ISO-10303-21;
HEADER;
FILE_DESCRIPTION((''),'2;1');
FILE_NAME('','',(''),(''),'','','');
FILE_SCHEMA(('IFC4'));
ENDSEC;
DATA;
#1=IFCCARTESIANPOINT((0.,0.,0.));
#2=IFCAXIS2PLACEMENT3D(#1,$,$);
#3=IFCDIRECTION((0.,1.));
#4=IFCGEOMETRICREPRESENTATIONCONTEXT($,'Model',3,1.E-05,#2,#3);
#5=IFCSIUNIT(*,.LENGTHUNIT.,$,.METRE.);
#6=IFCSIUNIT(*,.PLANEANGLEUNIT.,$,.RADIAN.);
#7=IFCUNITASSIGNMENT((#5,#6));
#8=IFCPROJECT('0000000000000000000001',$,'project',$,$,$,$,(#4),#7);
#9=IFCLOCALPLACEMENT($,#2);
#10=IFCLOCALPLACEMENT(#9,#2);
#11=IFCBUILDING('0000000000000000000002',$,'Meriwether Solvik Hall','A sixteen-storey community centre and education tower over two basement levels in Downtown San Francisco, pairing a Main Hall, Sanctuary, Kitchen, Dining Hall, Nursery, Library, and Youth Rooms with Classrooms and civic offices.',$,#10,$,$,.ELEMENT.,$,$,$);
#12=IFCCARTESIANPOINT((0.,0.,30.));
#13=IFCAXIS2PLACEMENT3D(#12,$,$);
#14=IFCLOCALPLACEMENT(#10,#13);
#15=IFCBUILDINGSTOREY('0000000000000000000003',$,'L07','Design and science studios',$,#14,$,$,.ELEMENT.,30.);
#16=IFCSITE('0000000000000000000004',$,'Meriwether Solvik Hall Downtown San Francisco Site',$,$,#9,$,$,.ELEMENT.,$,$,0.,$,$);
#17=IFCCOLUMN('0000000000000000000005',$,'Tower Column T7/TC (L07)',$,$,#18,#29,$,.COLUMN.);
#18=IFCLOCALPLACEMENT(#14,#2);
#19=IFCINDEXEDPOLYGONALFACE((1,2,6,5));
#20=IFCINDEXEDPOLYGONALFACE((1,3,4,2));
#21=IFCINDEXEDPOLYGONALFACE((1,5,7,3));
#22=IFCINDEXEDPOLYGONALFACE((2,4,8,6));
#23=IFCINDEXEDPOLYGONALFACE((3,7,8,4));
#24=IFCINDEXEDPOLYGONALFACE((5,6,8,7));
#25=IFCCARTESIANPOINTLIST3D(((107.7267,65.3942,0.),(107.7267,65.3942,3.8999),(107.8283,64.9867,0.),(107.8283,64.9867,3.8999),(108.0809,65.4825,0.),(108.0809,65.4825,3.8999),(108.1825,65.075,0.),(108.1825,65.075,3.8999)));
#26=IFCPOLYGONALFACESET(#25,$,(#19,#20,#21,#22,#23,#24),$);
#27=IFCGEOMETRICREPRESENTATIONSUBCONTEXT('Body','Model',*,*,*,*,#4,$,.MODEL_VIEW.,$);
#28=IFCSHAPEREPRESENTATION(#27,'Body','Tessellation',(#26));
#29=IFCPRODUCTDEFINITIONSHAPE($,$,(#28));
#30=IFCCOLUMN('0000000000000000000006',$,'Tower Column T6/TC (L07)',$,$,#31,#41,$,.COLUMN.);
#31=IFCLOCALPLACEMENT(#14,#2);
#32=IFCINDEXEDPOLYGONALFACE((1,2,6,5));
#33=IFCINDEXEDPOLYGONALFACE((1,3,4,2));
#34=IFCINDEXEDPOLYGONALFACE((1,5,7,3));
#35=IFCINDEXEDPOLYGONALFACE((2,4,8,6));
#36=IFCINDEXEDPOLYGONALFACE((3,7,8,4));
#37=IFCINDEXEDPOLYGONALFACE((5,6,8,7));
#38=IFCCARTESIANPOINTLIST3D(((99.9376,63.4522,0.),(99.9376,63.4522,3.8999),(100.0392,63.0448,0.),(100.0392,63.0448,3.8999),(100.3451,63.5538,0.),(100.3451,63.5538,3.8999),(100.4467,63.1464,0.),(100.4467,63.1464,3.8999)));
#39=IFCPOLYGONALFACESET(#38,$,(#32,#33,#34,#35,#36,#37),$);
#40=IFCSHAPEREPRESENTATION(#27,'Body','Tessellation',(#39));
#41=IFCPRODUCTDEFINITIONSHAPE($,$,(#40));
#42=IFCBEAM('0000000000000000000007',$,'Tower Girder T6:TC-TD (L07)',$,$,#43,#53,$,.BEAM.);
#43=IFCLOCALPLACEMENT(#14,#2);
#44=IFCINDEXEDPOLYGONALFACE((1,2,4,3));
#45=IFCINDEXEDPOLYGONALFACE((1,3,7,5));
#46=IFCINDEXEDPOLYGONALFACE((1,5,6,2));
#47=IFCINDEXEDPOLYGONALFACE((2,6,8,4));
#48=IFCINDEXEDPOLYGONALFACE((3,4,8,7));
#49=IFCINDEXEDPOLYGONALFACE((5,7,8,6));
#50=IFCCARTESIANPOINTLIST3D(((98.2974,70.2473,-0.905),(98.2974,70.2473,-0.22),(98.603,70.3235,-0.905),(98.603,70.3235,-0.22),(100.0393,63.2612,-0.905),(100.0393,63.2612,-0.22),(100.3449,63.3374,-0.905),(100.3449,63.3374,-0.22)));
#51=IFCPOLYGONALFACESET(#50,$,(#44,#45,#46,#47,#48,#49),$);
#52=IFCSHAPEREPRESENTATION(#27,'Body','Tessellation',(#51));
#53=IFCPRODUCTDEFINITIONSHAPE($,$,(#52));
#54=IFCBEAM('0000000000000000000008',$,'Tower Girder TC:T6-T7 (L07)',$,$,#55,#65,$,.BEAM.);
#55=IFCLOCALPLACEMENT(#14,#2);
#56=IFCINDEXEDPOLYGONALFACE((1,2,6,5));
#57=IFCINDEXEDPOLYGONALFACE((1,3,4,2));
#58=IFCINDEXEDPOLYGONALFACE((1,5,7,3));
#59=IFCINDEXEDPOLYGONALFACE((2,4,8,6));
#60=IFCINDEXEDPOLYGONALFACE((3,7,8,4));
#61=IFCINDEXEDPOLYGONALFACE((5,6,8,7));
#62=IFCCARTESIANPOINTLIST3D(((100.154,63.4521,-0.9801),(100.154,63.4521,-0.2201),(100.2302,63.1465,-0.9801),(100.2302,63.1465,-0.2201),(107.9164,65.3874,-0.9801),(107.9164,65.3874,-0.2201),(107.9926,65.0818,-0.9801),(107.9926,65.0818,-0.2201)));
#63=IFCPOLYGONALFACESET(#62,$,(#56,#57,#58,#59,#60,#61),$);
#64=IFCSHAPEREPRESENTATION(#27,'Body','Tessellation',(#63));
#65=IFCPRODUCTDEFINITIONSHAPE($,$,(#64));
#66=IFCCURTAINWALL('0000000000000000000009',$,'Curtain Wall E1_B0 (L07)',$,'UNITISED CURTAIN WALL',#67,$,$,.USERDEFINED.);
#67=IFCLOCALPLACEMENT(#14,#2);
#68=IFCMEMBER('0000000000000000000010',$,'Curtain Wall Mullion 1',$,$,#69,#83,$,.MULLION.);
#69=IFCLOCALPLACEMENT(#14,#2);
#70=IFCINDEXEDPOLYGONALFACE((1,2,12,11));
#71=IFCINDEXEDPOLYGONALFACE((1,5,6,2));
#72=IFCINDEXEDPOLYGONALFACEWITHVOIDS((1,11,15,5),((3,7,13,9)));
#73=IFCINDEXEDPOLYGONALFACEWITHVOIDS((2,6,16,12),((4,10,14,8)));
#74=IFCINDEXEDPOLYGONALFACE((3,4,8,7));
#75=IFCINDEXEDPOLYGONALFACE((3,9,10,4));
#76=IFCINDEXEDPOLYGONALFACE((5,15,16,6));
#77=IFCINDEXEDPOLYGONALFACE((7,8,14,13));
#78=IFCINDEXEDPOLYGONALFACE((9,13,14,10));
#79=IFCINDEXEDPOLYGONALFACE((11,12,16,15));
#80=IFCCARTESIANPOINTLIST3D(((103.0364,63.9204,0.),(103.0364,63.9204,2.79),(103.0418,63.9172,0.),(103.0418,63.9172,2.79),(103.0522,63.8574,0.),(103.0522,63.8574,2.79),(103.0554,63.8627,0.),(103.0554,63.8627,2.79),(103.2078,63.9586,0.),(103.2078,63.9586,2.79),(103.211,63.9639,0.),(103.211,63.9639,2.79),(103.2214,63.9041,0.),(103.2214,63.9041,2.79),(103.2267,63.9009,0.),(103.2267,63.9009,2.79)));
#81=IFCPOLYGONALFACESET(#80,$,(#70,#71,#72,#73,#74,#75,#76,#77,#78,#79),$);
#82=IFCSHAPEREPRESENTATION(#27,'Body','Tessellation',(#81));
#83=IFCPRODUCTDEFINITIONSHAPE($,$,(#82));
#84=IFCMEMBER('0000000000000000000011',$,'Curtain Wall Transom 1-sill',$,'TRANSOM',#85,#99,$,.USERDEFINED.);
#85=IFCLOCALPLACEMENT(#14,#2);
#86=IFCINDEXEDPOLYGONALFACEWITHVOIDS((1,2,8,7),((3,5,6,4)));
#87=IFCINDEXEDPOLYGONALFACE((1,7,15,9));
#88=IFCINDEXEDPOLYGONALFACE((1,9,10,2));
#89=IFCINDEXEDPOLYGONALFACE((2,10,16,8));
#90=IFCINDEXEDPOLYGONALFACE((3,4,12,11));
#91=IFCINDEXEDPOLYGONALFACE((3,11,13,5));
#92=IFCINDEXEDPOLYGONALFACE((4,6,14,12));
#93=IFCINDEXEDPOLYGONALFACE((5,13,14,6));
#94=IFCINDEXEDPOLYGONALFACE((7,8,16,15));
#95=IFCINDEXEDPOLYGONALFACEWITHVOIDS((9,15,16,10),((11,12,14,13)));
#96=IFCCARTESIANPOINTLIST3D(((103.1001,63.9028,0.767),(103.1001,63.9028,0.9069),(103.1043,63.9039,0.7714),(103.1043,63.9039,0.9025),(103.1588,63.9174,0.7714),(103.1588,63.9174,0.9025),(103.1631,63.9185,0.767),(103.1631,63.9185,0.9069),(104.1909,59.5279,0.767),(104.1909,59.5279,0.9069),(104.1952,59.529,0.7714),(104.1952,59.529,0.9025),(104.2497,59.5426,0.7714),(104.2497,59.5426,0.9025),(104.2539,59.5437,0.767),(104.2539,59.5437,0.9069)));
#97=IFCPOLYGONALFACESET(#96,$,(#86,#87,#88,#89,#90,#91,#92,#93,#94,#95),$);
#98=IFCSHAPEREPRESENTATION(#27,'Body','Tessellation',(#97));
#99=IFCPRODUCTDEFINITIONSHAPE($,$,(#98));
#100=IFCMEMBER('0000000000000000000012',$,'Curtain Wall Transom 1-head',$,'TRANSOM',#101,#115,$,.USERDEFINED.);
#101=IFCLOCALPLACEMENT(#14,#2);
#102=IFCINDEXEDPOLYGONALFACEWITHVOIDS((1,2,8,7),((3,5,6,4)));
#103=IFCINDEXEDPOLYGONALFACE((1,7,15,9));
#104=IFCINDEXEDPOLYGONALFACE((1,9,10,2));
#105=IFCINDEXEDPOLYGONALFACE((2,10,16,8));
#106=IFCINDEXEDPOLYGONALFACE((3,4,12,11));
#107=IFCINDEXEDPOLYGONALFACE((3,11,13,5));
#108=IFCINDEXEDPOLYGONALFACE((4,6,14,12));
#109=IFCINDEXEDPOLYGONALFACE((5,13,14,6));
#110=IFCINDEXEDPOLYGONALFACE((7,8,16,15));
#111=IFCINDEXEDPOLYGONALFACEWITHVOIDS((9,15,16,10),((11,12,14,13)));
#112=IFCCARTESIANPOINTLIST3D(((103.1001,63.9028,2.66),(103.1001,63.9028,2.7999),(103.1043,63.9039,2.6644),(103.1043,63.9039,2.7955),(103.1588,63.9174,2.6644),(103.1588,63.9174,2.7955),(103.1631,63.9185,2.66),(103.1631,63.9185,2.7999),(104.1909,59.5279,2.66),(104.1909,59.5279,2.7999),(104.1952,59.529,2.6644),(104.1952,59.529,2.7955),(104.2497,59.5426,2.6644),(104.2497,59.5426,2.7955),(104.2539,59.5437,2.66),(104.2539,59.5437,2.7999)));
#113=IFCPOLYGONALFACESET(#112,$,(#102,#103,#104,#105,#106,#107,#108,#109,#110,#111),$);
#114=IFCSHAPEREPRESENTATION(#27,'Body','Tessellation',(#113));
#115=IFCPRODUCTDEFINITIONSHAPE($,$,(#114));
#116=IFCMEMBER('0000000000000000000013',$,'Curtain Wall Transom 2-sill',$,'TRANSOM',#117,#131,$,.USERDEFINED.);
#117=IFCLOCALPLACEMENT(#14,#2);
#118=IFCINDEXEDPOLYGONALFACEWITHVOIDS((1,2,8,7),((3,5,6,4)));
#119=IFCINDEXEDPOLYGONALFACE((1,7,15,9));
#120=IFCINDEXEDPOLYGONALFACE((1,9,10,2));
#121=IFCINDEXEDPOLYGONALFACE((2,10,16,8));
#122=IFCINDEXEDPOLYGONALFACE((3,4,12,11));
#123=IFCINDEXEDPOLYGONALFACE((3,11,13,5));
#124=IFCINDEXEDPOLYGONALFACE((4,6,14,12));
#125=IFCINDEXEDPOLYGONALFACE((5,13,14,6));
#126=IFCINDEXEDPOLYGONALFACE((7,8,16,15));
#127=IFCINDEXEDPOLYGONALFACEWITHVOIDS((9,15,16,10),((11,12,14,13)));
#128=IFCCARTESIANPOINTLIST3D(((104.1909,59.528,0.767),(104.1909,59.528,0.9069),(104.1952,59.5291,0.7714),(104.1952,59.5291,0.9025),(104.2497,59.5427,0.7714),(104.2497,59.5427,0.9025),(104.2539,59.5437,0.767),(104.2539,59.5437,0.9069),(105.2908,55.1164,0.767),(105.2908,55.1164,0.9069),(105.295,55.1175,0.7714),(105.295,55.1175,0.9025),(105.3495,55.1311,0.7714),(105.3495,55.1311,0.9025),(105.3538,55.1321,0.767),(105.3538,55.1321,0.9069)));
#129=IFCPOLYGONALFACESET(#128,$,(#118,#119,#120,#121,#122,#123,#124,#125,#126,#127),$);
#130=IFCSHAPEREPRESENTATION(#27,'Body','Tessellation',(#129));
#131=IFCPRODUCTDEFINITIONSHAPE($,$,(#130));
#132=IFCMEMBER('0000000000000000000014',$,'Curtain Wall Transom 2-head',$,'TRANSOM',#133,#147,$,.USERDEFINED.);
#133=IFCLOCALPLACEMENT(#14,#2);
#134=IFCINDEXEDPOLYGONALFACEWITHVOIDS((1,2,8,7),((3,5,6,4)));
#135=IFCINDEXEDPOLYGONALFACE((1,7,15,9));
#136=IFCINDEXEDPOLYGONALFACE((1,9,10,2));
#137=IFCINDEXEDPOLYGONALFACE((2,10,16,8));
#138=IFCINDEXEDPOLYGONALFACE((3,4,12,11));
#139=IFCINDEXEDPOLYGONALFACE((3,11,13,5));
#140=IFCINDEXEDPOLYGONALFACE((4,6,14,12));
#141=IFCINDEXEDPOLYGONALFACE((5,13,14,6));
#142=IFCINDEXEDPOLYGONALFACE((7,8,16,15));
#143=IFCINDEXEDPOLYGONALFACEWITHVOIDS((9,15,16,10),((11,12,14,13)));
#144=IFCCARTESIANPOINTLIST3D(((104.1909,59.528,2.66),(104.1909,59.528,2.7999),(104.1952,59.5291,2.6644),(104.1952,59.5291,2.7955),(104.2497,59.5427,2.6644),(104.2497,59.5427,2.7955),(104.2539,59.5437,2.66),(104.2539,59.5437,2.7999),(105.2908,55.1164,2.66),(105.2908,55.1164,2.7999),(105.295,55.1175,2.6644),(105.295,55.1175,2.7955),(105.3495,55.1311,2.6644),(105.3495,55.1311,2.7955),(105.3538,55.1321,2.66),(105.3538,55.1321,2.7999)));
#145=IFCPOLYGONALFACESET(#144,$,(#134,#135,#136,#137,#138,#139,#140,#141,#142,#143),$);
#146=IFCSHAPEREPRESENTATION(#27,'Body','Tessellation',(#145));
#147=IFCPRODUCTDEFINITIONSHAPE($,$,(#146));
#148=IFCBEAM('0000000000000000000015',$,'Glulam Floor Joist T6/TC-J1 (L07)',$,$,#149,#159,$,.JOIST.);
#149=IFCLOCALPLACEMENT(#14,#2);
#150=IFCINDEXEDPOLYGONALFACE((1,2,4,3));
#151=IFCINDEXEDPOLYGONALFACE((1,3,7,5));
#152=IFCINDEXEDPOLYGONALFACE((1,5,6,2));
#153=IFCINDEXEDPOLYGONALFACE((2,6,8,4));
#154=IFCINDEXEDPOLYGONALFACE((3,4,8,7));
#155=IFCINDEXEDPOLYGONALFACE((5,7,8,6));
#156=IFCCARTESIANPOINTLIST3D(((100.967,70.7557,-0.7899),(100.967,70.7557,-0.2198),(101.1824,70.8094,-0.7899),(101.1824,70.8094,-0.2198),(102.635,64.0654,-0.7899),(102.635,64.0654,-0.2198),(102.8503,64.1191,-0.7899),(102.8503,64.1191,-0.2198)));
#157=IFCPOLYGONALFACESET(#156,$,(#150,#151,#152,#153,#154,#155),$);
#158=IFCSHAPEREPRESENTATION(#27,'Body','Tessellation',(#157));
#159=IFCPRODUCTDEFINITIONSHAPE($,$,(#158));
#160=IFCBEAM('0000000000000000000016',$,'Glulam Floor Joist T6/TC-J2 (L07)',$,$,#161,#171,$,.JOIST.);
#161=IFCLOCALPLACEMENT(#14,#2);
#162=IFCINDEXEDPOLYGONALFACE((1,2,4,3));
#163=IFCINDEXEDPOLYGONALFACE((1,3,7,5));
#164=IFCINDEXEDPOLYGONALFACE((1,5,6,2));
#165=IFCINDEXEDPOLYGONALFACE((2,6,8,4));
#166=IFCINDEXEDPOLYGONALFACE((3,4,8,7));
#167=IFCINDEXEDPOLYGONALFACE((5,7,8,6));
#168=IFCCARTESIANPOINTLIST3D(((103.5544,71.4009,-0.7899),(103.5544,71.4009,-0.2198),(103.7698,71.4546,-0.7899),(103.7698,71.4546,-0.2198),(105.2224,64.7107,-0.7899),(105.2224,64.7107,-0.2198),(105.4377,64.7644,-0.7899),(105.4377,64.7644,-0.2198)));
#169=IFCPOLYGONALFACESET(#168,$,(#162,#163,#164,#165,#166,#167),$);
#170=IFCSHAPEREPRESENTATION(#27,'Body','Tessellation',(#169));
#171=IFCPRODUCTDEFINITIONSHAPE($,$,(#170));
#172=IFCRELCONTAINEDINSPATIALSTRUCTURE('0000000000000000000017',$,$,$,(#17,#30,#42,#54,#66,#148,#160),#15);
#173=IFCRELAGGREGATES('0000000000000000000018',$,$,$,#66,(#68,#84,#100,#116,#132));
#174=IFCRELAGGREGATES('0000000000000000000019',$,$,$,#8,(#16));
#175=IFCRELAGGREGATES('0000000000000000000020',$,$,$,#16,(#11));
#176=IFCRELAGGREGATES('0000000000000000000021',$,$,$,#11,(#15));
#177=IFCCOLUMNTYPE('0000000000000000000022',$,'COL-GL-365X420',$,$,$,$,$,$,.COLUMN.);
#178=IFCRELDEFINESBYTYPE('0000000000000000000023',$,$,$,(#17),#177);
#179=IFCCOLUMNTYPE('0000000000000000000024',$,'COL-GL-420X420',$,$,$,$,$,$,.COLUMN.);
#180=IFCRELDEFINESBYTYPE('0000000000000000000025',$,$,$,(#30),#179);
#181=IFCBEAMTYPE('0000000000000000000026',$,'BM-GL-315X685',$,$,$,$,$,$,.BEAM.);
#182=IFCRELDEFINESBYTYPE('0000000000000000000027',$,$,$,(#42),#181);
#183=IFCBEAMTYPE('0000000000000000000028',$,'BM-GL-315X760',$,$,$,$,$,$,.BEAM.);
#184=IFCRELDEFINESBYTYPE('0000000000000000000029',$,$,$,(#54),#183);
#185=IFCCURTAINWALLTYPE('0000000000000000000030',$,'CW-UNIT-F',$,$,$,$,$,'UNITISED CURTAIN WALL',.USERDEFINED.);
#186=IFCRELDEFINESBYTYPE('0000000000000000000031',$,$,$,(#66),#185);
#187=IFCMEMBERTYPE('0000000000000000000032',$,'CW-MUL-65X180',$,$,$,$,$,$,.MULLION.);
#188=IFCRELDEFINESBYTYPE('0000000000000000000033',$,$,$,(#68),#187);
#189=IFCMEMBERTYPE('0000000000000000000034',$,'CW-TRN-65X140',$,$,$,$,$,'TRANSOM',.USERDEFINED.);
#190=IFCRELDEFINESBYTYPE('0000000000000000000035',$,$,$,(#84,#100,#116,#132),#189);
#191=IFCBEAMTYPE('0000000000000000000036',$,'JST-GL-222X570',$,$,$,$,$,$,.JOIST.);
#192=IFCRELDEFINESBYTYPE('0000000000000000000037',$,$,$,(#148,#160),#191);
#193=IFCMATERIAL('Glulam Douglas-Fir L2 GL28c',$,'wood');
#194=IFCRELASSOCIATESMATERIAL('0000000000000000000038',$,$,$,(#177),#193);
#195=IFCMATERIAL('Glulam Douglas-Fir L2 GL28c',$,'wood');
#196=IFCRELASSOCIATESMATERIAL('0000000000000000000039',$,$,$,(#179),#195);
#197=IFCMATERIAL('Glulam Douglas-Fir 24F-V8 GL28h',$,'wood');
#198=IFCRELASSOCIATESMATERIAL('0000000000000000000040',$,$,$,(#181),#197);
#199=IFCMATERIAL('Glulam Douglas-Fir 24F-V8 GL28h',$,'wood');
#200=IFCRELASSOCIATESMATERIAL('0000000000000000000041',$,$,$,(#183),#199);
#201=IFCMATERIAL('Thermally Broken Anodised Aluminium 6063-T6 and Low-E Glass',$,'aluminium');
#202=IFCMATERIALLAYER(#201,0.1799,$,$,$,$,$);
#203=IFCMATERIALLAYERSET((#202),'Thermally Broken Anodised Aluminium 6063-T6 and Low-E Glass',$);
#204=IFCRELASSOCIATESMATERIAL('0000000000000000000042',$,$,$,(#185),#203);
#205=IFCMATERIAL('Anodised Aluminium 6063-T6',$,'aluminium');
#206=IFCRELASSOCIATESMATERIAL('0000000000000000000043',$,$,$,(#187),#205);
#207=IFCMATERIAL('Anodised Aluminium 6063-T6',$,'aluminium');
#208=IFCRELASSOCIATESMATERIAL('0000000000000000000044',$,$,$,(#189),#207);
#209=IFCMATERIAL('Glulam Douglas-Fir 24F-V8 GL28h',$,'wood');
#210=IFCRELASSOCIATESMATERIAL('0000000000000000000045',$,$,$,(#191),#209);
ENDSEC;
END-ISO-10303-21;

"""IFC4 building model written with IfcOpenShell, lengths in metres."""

from ifc_helpers import new_model, si_unit, direction, frame, origin, origin_2d, place, context, subcontext, project, spatial, rectangle, hollow_rectangle, extrude, material, layer, layer_set, material_profile, profile_set, type_object, element, aggregate, save


model = new_model("IFC4")

# Units and contexts
model_context = context("Model", 3, precision=1e-05, world=origin(), true_north=direction((0.0, 1.0)))
body_context = subcontext(model_context, "Body", "Model", "MODEL_VIEW")
ifc_project = project(units=[si_unit("LENGTHUNIT", "METRE"), si_unit("PLANEANGLEUNIT", "RADIAN")], contexts=[model_context])

# Site, building, storey
site_placement = place(None, origin())
site = spatial("IfcSite", under=ifc_project, at=site_placement, Name="Meriwether Solvik Hall Downtown San Francisco Site", CompositionType="ELEMENT", RefElevation=0.0)
building_placement = place(site_placement, origin())
building = spatial("IfcBuilding", under=site, at=building_placement, Name="Meriwether Solvik Hall", Description="A sixteen-storey community centre and education tower over two basement levels in Downtown San Francisco, pairing a Main Hall, Sanctuary, Kitchen, Dining Hall, Nursery, Library, and Youth Rooms with Classrooms and civic offices.", CompositionType="ELEMENT")
storey_placement = place(building_placement, frame((0.0, 0.0, 30.0)))
storey = spatial("IfcBuildingStorey", under=building, at=storey_placement, Name="L07", Description="Design and science studios", CompositionType="ELEMENT", Elevation=30.0)

# Columns
ifc_material_1 = material(Name="Glulam Douglas-Fir L2 GL28c", Category="wood")
ifc_material_profile_1 = material_profile(ifc_material_1, rectangle(XDim=0.365, YDim=0.4199, at=origin_2d()), Name="GLC-365X420")
ifc_profile_set_1 = profile_set([ifc_material_profile_1], Name="Glulam Douglas-Fir L2 GL28c")
column_type_1 = type_object("IfcColumnType", Name="COL-GL-365X420", PredefinedType="COLUMN", material=ifc_profile_set_1)
column_1_placement = place(storey_placement, frame((107.9546, 65.2346, 0.0), z_axis=(0.0, 0.0, 1.0), x_axis=(0.970296, 0.241922, 0.0)))
element("IfcColumn", 1, at=column_1_placement, inside=storey, type_object=column_type_1, Name="Tower Column T7/TC (L07)", PredefinedType="COLUMN", context=body_context, shape_type="SweptSolid", body=[
    extrude(rectangle(XDim=0.365, YDim=0.4199, at=origin_2d()), origin(), (0.0, 0.0, 1.0), 3.8999),
])
ifc_material_2 = material(Name="Glulam Douglas-Fir L2 GL28c", Category="wood")
ifc_material_profile_2 = material_profile(ifc_material_2, rectangle(XDim=0.4199, YDim=0.4199, at=origin_2d()), Name="GLC-420X420")
ifc_profile_set_2 = profile_set([ifc_material_profile_2], Name="Glulam Douglas-Fir L2 GL28c")
column_type_2 = type_object("IfcColumnType", Name="COL-GL-420X420", PredefinedType="COLUMN", material=ifc_profile_set_2)
column_2_placement = place(storey_placement, frame((100.1921, 63.2993, 0.0), z_axis=(0.0, 0.0, 1.0), x_axis=(0.970296, 0.241922, 0.0)))
element("IfcColumn", 2, at=column_2_placement, inside=storey, type_object=column_type_2, Name="Tower Column T6/TC (L07)", PredefinedType="COLUMN", context=body_context, shape_type="SweptSolid", body=[
    extrude(rectangle(XDim=0.4199, YDim=0.4199, at=origin_2d()), origin(), (0.0, 0.0, 1.0), 3.8999),
])

# Beams
ifc_material_3 = material(Name="Glulam Douglas-Fir 24F-V8 GL28h", Category="wood")
ifc_material_profile_3 = material_profile(ifc_material_3, rectangle(XDim=0.3149, YDim=0.6851, at=origin_2d()), Name="GLB-315X685")
ifc_profile_set_3 = profile_set([ifc_material_profile_3], Name="Glulam Douglas-Fir 24F-V8 GL28h")
beam_type_1 = type_object("IfcBeamType", Name="BM-GL-315X685", PredefinedType="BEAM", material=ifc_profile_set_3)
beam_1_placement = place(storey_placement, frame((100.1921, 63.2993, -0.5625), z_axis=(-0.241937, 0.970292, 0.0), x_axis=(-0.970292, -0.241937, 0.0)))
element("IfcBeam", 3, at=beam_1_placement, inside=storey, type_object=beam_type_1, Name="Tower Girder T6:TC-TD (L07)", PredefinedType="BEAM", context=body_context, shape_type="SweptSolid", body=[
    extrude(rectangle(XDim=0.3149, YDim=0.6851, at=origin_2d()), origin(), (0.0, 0.0, 1.0), 7.2),
])
ifc_material_4 = material(Name="Glulam Douglas-Fir 24F-V8 GL28h", Category="wood")
ifc_material_profile_4 = material_profile(ifc_material_4, rectangle(XDim=0.3149, YDim=0.76, at=origin_2d()), Name="GLB-315X760")
ifc_profile_set_4 = profile_set([ifc_material_profile_4], Name="Glulam Douglas-Fir 24F-V8 GL28h")
beam_type_2 = type_object("IfcBeamType", Name="BM-GL-315X760", PredefinedType="BEAM", material=ifc_profile_set_4)
beam_2_placement = place(storey_placement, frame((100.1921, 63.2993, -0.6001), z_axis=(0.970298, 0.241911, 0.0), x_axis=(-0.241911, 0.970298, 0.0)))
element("IfcBeam", 4, at=beam_2_placement, inside=storey, type_object=beam_type_2, Name="Tower Girder TC:T6-T7 (L07)", PredefinedType="BEAM", context=body_context, shape_type="SweptSolid", body=[
    extrude(rectangle(XDim=0.3149, YDim=0.76, at=origin_2d()), origin(), (0.0, 0.0, 1.0), 8.0),
])

# Curtain wall, members
ifc_material_5 = material(Name="Thermally Broken Anodised Aluminium 6063-T6 and Low-E Glass", Category="aluminium")
ifc_layer_1 = layer(ifc_material_5, 0.1799)
ifc_layer_set_1 = layer_set([ifc_layer_1], Name="Thermally Broken Anodised Aluminium 6063-T6 and Low-E Glass")
curtain_wall_type = type_object("IfcCurtainWallType", Name="CW-UNIT-F", ElementType="UNITISED CURTAIN WALL", PredefinedType="USERDEFINED", material=ifc_layer_set_1)
curtain_wall_placement = place(storey_placement, origin())
curtain_wall = element("IfcCurtainWall", 5, at=curtain_wall_placement, inside=storey, type_object=curtain_wall_type, Name="Curtain Wall E1_B0 (L07)", ObjectType="UNITISED CURTAIN WALL", PredefinedType="USERDEFINED")
ifc_material_6 = material(Name="Anodised Aluminium 6063-T6", Category="aluminium")
ifc_material_profile_5 = material_profile(ifc_material_6, hollow_rectangle(XDim=0.0649, YDim=0.1799, WallThickness=0.0044, at=origin_2d()), Name="CWM-65X180")
ifc_profile_set_5 = profile_set([ifc_material_profile_5], Name="Anodised Aluminium 6063-T6")
member_type_1 = type_object("IfcMemberType", Name="CW-MUL-65X180", PredefinedType="MULLION", material=ifc_profile_set_5)
member_1_placement = place(storey_placement, frame((103.1316, 63.9106, 0.0), z_axis=(0.0, 0.0, 1.0), x_axis=(0.241922, -0.970296, 0.0)))
member_1 = element("IfcMember", 6, at=member_1_placement, type_object=member_type_1, Name="Curtain Wall Mullion 1", PredefinedType="MULLION", context=body_context, shape_type="SweptSolid", body=[
    extrude(hollow_rectangle(XDim=0.0649, YDim=0.1799, WallThickness=0.0044, at=origin_2d()), origin(), (0.0, 0.0, 1.0), 2.79),
])
ifc_material_7 = material(Name="Anodised Aluminium 6063-T6", Category="aluminium")
ifc_material_profile_6 = material_profile(ifc_material_7, hollow_rectangle(XDim=0.0649, YDim=0.1399, WallThickness=0.0044, at=origin_2d()), Name="CWT-65X140")
ifc_profile_set_6 = profile_set([ifc_material_profile_6], Name="Anodised Aluminium 6063-T6")
member_type_2 = type_object("IfcMemberType", Name="CW-TRN-65X140", ElementType="TRANSOM", PredefinedType="USERDEFINED", material=ifc_profile_set_6)
member_2_placement = place(storey_placement, frame((103.1316, 63.9106, 0.8369), z_axis=(0.241937, -0.970292, 0.0), x_axis=(0.970292, 0.241937, 0.0)))
member_2 = element("IfcMember", 7, at=member_2_placement, type_object=member_type_2, Name="Curtain Wall Transom 1-sill", ObjectType="TRANSOM", PredefinedType="USERDEFINED", context=body_context, shape_type="SweptSolid", body=[
    extrude(hollow_rectangle(XDim=0.0649, YDim=0.1399, WallThickness=0.0044, at=origin_2d()), origin(), (0.0, 0.0, 1.0), 4.5088),
])
member_3_placement = place(storey_placement, frame((103.1316, 63.9106, 2.73), z_axis=(0.241937, -0.970292, 0.0), x_axis=(0.970292, 0.241937, 0.0)))
member_3 = element("IfcMember", 8, at=member_3_placement, type_object=member_type_2, Name="Curtain Wall Transom 1-head", ObjectType="TRANSOM", PredefinedType="USERDEFINED", context=body_context, shape_type="SweptSolid", body=[
    extrude(hollow_rectangle(XDim=0.0649, YDim=0.1399, WallThickness=0.0044, at=origin_2d()), origin(), (0.0, 0.0, 1.0), 4.5088),
])
member_4_placement = place(storey_placement, frame((104.2224, 59.5359, 0.8369), z_axis=(0.241904, -0.9703, 0.0), x_axis=(0.9703, 0.241904, 0.0)))
member_4 = element("IfcMember", 9, at=member_4_placement, type_object=member_type_2, Name="Curtain Wall Transom 2-sill", ObjectType="TRANSOM", PredefinedType="USERDEFINED", context=body_context, shape_type="SweptSolid", body=[
    extrude(hollow_rectangle(XDim=0.0649, YDim=0.1399, WallThickness=0.0044, at=origin_2d()), origin(), (0.0, 0.0, 1.0), 4.5466),
])
member_5_placement = place(storey_placement, frame((104.2224, 59.5359, 2.73), z_axis=(0.241904, -0.9703, 0.0), x_axis=(0.9703, 0.241904, 0.0)))
member_5 = element("IfcMember", 10, at=member_5_placement, type_object=member_type_2, Name="Curtain Wall Transom 2-head", ObjectType="TRANSOM", PredefinedType="USERDEFINED", context=body_context, shape_type="SweptSolid", body=[
    extrude(hollow_rectangle(XDim=0.0649, YDim=0.1399, WallThickness=0.0044, at=origin_2d()), origin(), (0.0, 0.0, 1.0), 4.5466),
])

# Beams
ifc_material_8 = material(Name="Glulam Douglas-Fir 24F-V8 GL28h", Category="wood")
ifc_material_profile_7 = material_profile(ifc_material_8, rectangle(XDim=0.2219, YDim=0.5701, at=origin_2d()), Name="GLJ-222X570")
ifc_profile_set_7 = profile_set([ifc_material_profile_7], Name="Glulam Douglas-Fir 24F-V8 GL28h")
beam_type_3 = type_object("IfcBeamType", Name="JST-GL-222X570", PredefinedType="JOIST", material=ifc_profile_set_7)
for number, where, z_axis, x_axis, name in (
    (11, (102.7427, 64.0923, -0.5049), (-0.241911, 0.970299, 0.0), (-0.970299, -0.241911, 0.0), "Glulam Floor Joist T6/TC-J1 (L07)"),
    (12, (105.3301, 64.7375, -0.5049), (-0.241911, 0.970299, 0.0), (-0.970299, -0.241911, 0.0), "Glulam Floor Joist T6/TC-J2 (L07)"),
):
    element("IfcBeam", number, at=place(storey_placement, frame(where, z_axis=z_axis, x_axis=x_axis)), inside=storey, type_object=beam_type_3, Name=name, PredefinedType="JOIST", context=body_context, shape_type="SweptSolid", body=[
        extrude(rectangle(XDim=0.2219, YDim=0.5701, at=origin_2d()), origin(), (0.0, 0.0, 1.0), 6.895),
    ])

aggregate(curtain_wall, [member_1, member_2, member_3, member_4, member_5])

save(model, "model.ifc")
